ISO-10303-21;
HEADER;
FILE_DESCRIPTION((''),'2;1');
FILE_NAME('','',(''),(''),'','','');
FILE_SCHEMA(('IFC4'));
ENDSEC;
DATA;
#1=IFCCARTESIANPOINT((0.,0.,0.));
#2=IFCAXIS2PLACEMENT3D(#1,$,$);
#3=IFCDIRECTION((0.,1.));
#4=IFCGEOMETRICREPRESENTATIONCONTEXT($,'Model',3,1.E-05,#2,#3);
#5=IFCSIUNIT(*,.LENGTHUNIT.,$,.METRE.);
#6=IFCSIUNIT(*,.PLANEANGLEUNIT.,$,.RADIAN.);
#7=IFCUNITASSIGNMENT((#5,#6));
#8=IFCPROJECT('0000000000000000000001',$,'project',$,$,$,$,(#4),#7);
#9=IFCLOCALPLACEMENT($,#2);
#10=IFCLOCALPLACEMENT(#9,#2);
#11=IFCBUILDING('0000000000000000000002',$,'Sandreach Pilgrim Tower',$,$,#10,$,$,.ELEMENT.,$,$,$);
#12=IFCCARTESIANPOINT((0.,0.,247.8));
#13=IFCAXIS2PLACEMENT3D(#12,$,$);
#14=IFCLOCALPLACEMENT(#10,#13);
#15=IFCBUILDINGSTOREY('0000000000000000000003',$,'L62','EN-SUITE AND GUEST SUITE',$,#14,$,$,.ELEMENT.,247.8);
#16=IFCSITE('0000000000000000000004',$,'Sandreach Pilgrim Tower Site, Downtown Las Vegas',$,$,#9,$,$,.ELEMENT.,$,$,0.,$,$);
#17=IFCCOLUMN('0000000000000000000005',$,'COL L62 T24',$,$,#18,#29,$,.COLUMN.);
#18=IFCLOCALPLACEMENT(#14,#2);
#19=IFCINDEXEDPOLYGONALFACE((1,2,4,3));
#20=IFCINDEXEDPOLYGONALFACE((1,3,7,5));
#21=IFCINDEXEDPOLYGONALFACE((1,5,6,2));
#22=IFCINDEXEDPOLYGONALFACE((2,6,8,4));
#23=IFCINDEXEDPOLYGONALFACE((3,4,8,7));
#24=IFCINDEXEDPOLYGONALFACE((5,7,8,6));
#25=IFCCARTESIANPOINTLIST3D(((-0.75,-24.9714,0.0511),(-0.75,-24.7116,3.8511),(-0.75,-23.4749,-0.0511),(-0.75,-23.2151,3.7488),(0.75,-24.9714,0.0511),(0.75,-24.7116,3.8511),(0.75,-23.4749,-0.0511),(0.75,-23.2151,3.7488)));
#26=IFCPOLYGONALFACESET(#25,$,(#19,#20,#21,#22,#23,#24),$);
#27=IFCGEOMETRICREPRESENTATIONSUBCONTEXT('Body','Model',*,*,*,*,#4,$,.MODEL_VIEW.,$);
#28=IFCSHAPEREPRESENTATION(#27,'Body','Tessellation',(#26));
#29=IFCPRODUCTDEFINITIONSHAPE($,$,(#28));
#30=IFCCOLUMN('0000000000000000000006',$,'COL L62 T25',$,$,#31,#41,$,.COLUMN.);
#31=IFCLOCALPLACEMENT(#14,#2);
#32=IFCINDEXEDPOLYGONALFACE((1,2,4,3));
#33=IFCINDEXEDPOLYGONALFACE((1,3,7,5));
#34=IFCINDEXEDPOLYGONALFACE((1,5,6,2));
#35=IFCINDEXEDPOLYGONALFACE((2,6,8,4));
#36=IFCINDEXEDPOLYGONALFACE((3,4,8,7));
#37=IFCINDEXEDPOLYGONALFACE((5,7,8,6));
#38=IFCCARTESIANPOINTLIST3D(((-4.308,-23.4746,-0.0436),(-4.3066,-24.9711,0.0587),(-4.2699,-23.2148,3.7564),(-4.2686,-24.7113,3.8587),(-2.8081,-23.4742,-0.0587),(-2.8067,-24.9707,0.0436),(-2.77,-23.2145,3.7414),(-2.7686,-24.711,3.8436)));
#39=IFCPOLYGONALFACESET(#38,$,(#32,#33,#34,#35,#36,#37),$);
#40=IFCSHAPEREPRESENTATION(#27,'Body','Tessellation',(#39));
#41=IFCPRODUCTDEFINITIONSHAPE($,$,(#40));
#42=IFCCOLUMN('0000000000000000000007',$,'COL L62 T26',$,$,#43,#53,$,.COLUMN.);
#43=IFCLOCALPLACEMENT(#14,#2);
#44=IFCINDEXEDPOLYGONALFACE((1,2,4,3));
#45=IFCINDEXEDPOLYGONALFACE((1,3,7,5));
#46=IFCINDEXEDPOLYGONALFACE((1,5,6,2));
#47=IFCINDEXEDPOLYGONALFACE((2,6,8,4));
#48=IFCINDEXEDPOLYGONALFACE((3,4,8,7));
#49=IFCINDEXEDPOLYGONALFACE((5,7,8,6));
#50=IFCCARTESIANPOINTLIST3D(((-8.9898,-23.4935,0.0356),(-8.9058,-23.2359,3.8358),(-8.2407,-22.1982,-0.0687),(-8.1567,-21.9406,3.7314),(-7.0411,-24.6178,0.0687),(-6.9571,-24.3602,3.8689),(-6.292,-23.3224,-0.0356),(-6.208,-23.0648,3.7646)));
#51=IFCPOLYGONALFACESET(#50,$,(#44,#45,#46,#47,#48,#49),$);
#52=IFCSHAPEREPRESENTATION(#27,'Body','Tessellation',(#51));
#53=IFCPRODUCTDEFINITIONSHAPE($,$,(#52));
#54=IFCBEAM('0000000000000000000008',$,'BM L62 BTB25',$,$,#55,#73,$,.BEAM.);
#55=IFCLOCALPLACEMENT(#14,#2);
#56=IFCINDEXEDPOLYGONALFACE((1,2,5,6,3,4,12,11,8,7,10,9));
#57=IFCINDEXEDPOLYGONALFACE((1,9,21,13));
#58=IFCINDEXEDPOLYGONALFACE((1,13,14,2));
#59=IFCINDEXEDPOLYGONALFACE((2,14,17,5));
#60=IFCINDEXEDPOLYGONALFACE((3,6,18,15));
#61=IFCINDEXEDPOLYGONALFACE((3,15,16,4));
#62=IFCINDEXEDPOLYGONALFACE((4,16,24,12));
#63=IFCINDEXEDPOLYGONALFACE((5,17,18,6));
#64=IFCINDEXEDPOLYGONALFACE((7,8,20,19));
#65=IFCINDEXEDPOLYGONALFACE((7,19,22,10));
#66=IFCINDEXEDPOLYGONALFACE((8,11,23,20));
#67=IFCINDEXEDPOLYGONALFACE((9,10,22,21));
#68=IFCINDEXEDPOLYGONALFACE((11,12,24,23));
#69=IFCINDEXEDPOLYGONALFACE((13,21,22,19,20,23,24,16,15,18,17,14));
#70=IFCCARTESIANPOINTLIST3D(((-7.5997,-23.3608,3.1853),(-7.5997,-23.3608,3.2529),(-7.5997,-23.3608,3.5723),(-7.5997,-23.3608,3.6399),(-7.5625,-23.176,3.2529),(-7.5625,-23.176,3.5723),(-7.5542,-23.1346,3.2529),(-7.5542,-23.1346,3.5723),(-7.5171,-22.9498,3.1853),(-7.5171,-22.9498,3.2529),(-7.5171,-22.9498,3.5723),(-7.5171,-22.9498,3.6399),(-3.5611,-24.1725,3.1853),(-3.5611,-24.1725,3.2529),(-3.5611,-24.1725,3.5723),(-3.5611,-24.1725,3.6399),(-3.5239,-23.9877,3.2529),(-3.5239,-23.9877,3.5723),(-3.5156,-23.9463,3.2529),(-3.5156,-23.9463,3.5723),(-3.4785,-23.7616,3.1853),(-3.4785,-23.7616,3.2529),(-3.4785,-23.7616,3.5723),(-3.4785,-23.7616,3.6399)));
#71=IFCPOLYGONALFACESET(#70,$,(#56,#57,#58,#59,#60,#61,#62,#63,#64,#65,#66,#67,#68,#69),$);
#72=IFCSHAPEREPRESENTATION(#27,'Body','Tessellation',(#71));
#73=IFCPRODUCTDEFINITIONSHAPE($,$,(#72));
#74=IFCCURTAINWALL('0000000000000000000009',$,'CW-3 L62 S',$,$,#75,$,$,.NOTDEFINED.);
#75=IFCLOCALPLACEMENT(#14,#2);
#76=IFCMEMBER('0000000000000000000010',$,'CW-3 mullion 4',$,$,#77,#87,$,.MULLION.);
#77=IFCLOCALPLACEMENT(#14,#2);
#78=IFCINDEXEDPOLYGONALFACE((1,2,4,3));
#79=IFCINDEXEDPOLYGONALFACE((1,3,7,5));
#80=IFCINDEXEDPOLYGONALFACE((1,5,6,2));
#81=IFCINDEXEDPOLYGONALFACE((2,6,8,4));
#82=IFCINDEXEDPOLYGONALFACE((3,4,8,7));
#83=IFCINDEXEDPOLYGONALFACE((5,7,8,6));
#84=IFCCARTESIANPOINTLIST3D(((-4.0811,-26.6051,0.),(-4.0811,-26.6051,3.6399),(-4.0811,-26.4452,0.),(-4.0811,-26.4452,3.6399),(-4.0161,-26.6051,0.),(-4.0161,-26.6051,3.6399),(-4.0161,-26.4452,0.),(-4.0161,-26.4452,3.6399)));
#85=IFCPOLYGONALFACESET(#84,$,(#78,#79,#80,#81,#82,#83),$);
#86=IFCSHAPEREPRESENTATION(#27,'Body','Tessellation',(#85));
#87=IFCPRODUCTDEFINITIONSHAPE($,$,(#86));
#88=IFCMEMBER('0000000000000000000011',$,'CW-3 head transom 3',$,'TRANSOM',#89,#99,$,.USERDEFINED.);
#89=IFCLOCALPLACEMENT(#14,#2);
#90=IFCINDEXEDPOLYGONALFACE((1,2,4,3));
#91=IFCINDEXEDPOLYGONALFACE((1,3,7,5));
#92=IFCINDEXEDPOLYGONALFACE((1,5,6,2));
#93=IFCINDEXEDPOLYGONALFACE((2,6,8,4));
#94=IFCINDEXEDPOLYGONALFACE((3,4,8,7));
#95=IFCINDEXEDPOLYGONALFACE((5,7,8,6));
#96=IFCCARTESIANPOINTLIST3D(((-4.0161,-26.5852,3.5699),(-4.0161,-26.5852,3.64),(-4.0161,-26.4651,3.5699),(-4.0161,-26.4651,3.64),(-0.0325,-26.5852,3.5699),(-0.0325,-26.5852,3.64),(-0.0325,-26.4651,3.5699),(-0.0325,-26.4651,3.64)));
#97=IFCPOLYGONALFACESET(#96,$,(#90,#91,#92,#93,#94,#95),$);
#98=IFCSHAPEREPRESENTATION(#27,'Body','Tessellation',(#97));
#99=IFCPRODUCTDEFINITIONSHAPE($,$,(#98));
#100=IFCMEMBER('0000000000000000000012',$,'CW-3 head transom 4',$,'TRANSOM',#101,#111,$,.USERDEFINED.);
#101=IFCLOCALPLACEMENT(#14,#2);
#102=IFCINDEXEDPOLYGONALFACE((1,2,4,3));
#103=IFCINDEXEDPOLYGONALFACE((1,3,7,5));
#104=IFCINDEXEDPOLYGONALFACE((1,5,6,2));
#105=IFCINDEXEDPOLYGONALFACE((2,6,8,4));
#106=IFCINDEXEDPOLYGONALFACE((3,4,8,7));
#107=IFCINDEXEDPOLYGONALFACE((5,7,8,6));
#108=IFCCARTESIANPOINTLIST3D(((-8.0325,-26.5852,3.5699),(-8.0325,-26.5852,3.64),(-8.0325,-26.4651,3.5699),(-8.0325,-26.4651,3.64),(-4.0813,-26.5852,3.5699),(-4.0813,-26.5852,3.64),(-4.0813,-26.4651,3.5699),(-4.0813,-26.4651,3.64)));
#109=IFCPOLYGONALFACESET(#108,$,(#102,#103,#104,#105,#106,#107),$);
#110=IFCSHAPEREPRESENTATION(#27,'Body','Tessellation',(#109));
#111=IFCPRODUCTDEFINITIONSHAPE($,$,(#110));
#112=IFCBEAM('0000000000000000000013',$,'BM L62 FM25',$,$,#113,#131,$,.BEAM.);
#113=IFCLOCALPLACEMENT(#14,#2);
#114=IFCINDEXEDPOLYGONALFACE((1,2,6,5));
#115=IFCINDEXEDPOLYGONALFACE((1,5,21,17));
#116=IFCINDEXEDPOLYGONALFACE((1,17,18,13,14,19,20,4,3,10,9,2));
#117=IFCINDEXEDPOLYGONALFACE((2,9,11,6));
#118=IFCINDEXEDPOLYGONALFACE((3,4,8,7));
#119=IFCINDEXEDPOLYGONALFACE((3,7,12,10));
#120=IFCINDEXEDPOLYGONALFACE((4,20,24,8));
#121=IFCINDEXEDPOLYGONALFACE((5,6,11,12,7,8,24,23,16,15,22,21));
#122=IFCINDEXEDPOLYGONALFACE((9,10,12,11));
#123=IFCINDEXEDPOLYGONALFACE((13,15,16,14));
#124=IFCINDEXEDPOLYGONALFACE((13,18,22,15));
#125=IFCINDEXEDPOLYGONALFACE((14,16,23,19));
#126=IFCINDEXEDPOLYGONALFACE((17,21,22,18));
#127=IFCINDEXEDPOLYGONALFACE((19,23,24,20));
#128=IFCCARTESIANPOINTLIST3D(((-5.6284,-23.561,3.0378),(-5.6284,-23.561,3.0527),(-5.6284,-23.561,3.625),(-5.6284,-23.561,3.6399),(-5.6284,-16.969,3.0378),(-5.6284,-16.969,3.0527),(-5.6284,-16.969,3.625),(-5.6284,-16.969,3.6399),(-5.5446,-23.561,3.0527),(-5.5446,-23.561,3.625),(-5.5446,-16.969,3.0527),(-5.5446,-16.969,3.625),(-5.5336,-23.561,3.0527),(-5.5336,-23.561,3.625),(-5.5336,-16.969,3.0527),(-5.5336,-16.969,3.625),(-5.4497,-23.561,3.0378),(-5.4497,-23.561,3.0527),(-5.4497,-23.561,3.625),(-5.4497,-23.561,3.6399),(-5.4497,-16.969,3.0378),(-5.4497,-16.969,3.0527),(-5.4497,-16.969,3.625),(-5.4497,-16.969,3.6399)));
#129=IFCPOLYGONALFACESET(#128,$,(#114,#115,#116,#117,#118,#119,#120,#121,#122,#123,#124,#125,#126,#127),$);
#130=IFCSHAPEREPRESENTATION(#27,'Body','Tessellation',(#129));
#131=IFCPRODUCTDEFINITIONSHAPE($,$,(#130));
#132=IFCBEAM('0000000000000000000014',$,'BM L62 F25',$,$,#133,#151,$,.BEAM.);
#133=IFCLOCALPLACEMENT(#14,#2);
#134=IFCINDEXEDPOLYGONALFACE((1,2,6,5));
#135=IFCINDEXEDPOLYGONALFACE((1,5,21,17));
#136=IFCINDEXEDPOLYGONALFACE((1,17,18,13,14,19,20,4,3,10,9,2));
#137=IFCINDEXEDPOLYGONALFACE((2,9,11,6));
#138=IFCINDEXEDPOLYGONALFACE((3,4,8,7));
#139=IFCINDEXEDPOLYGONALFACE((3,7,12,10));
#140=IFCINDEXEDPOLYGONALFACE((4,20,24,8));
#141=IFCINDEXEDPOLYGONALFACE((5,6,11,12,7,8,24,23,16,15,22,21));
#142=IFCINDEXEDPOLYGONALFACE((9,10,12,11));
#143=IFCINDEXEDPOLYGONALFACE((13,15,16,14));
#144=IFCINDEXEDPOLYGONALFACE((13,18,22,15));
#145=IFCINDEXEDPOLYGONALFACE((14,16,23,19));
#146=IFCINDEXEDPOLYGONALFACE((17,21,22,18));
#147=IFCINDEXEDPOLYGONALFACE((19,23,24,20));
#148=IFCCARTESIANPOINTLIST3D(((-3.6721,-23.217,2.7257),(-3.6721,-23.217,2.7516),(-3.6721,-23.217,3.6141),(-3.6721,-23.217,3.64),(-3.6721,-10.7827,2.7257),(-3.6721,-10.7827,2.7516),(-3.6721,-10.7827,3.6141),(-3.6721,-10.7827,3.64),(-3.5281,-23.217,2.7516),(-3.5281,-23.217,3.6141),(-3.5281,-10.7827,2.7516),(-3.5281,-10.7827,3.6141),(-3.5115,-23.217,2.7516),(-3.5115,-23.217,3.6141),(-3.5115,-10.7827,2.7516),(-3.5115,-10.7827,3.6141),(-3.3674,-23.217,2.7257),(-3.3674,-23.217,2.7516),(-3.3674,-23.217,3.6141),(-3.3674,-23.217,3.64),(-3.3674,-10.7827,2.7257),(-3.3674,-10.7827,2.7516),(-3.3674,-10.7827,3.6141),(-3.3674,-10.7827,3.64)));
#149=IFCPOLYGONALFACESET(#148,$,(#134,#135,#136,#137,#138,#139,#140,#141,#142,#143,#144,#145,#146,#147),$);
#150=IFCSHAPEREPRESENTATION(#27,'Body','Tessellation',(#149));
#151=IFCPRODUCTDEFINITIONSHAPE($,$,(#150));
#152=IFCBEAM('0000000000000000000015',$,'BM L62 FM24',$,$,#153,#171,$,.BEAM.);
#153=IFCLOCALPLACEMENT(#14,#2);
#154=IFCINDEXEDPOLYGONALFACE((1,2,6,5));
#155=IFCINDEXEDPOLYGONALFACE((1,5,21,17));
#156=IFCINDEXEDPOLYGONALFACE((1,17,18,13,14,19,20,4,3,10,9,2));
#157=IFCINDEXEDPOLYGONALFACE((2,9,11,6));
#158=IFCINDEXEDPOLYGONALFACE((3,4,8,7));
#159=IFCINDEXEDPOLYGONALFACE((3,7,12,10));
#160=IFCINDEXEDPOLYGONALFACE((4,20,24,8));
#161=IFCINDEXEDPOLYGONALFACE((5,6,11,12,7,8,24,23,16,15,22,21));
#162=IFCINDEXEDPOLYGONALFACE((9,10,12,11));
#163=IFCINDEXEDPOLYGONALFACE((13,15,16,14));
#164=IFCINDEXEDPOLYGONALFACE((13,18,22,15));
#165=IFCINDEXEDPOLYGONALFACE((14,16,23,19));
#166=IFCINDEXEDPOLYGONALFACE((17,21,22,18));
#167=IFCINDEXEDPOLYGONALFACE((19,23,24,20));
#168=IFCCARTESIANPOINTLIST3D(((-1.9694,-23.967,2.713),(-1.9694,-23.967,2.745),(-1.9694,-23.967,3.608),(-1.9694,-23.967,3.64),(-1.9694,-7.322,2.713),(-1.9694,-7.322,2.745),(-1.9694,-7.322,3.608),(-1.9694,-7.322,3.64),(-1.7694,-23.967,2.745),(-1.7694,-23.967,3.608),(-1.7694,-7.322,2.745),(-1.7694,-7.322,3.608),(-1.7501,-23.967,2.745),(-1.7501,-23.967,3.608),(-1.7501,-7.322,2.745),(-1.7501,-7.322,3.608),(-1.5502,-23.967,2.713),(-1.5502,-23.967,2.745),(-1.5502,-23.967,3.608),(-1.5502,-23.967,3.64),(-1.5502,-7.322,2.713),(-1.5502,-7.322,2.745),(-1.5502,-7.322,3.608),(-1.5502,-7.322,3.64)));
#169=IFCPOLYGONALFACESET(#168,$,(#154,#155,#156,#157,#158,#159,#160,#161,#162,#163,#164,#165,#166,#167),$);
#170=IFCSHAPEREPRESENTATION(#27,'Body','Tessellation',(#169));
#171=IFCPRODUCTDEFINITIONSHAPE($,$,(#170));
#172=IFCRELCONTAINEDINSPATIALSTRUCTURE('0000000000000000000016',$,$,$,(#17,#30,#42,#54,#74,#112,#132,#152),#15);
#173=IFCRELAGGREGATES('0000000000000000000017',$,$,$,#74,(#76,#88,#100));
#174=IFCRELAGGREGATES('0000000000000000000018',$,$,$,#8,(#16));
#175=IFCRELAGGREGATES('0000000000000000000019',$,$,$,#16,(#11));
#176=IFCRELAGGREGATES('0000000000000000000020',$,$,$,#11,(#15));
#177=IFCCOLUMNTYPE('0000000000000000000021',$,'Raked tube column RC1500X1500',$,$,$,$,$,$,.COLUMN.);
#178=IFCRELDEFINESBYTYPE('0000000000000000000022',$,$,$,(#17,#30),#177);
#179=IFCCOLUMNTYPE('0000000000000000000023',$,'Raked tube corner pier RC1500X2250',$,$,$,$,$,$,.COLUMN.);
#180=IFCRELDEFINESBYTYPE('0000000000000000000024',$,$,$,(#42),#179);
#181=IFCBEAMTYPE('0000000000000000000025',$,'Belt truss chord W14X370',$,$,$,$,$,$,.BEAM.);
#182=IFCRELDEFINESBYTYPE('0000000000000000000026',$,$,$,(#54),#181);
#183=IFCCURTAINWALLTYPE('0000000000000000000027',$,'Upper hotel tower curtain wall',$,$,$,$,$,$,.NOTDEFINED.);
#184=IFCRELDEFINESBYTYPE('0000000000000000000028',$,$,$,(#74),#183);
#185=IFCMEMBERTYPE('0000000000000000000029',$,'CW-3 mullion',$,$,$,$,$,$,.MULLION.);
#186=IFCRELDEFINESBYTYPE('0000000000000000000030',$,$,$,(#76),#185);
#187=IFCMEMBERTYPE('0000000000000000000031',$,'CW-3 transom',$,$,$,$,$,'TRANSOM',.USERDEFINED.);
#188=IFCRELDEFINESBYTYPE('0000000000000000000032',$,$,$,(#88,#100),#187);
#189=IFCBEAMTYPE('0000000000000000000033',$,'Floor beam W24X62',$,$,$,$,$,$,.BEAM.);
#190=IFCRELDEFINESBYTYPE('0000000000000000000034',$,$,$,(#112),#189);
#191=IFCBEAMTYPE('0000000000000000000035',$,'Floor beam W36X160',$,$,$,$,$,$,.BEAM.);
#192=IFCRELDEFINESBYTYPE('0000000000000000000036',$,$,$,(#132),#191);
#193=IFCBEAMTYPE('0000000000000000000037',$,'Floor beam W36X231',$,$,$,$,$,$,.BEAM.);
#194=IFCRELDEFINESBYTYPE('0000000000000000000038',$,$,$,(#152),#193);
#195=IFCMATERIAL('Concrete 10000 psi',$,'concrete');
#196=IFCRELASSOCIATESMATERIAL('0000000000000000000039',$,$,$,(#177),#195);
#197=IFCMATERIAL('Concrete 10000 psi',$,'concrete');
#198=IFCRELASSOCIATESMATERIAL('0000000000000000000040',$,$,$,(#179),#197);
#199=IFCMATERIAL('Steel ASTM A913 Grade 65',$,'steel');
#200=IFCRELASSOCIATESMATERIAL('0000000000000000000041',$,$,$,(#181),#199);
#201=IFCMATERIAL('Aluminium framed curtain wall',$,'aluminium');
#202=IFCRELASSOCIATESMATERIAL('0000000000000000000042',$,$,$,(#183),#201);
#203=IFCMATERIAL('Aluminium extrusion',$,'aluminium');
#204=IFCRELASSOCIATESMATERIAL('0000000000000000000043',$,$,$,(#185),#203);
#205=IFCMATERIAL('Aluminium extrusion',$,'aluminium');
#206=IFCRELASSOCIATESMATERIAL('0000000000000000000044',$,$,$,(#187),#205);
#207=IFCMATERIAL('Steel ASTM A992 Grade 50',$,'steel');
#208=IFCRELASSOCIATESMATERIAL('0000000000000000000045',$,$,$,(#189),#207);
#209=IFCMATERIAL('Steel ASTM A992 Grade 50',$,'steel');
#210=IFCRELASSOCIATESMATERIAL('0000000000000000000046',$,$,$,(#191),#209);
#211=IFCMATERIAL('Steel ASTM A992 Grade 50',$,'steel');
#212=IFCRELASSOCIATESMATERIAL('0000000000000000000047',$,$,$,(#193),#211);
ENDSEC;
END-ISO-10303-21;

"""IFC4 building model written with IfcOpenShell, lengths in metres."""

from ifc_helpers import new_model, si_unit, direction, frame, origin, origin_2d, place, context, subcontext, project, spatial, rectangle, i_section, extrude, material, material_profile, profile_set, type_object, element, aggregate, save


model = new_model("IFC4")

# Units and contexts
model_context = context("Model", 3, precision=1e-05, world=origin(), true_north=direction((0.0, 1.0)))
body_context = subcontext(model_context, "Body", "Model", "MODEL_VIEW")
ifc_project = project(units=[si_unit("LENGTHUNIT", "METRE"), si_unit("PLANEANGLEUNIT", "RADIAN")], contexts=[model_context])

# Site, building, storey
site_placement = place(None, origin())
site = spatial("IfcSite", under=ifc_project, at=site_placement, Name="Sandreach Pilgrim Tower Site, Downtown Las Vegas", CompositionType="ELEMENT", RefElevation=0.0)
building_placement = place(site_placement, origin())
building = spatial("IfcBuilding", under=site, at=building_placement, Name="Sandreach Pilgrim Tower", CompositionType="ELEMENT")
storey_placement = place(building_placement, frame((0.0, 0.0, 247.8)))
storey = spatial("IfcBuildingStorey", under=building, at=storey_placement, Name="L62", Description="EN-SUITE AND GUEST SUITE", CompositionType="ELEMENT", Elevation=247.8)

# Columns
ifc_material_1 = material(Name="Concrete 10000 psi", Category="concrete")
ifc_material_profile_1 = material_profile(ifc_material_1, rectangle(XDim=1.5, YDim=1.5, at=origin_2d()), Name="RC1500X1500")
ifc_profile_set_1 = profile_set([ifc_material_profile_1], Name="Concrete 10000 psi")
column_type_1 = type_object("IfcColumnType", Name="Raked tube column RC1500X1500", PredefinedType="COLUMN", material=ifc_profile_set_1)
column_1_placement = place(storey_placement, frame((0.0, -24.2231, 0.0), z_axis=(0.0, 0.068199, 0.997672), x_axis=(0.0, -0.997672, 0.068199)))
element("IfcColumn", 1, at=column_1_placement, inside=storey, type_object=column_type_1, Name="COL L62 T24", PredefinedType="COLUMN", context=body_context, shape_type="SweptSolid", body=[
    extrude(rectangle(XDim=1.5, YDim=1.5, at=origin_2d()), origin(), (0.0, 0.0, 1.0), 3.8088),
])
column_2_placement = place(storey_placement, frame((-3.5574, -24.2227, 0.0), z_axis=(0.009999, 0.068196, 0.997622), x_axis=(0.000921, -0.997672, 0.06819)))
element("IfcColumn", 2, at=column_2_placement, inside=storey, type_object=column_type_1, Name="COL L62 T25", PredefinedType="COLUMN", context=body_context, shape_type="SweptSolid", body=[
    extrude(rectangle(XDim=1.5, YDim=1.5, at=origin_2d()), origin(), (0.0, 0.0, 1.0), 3.8091),
])
ifc_material_2 = material(Name="Concrete 10000 psi", Category="concrete")
ifc_material_profile_2 = material_profile(ifc_material_2, rectangle(XDim=1.5, YDim=2.25, at=origin_2d()), Name="RC1500X2250")
ifc_profile_set_2 = profile_set([ifc_material_profile_2], Name="Concrete 10000 psi")
column_type_2 = type_object("IfcColumnType", Name="Raked tube corner pier RC1500X2250", PredefinedType="COLUMN", material=ifc_profile_set_2)
column_3_placement = place(storey_placement, frame((-7.6409, -23.408, 0.0), z_axis=(0.022045, 0.067609, 0.997468), x_axis=(-0.499393, -0.863578, 0.069571)))
element("IfcColumn", 3, at=column_3_placement, inside=storey, type_object=column_type_2, Name="COL L62 T26", PredefinedType="COLUMN", context=body_context, shape_type="SweptSolid", body=[
    extrude(rectangle(XDim=1.5, YDim=2.25, at=origin_2d()), origin(), (0.0, 0.0, 1.0), 3.8098),
])

# Beam
ifc_material_3 = material(Name="Steel ASTM A913 Grade 65", Category="steel")
ifc_material_profile_3 = material_profile(ifc_material_3, i_section(OverallWidth=0.4192, OverallDepth=0.4546, WebThickness=0.0422, FlangeThickness=0.0676, at=origin_2d()), Name="W14X370")
ifc_profile_set_3 = profile_set([ifc_material_profile_3], Name="Steel ASTM A913 Grade 65")
beam_type_1 = type_object("IfcBeamType", Name="Belt truss chord W14X370", PredefinedType="BEAM", material=ifc_profile_set_3)
beam_1_placement = place(storey_placement, frame((-3.5198, -23.967, 3.4126), z_axis=(-0.980391, 0.197062, 0.0), x_axis=(-0.197062, -0.980391, 0.0)))
element("IfcBeam", 4, at=beam_1_placement, inside=storey, type_object=beam_type_1, Name="BM L62 BTB25", PredefinedType="BEAM", context=body_context, shape_type="SweptSolid", body=[
    extrude(i_section(OverallWidth=0.4192, OverallDepth=0.4546, WebThickness=0.0422, FlangeThickness=0.0676, at=origin_2d()), origin(), (0.0, 0.0, 1.0), 4.1194),
])

# Curtain wall, members
ifc_material_4 = material(Name="Aluminium framed curtain wall", Category="aluminium")
curtain_wall_type = type_object("IfcCurtainWallType", Name="Upper hotel tower curtain wall", PredefinedType="NOTDEFINED", material=ifc_material_4)
curtain_wall_placement = place(storey_placement, origin())
curtain_wall = element("IfcCurtainWall", 5, at=curtain_wall_placement, inside=storey, type_object=curtain_wall_type, Name="CW-3 L62 S", PredefinedType="NOTDEFINED")
ifc_material_5 = material(Name="Aluminium extrusion", Category="aluminium")
ifc_material_profile_4 = material_profile(ifc_material_5, rectangle(XDim=0.0649, YDim=0.1599, at=origin_2d()), Name="CW-3M 65X160")
ifc_profile_set_4 = profile_set([ifc_material_profile_4], Name="Aluminium extrusion")
member_type_1 = type_object("IfcMemberType", Name="CW-3 mullion", PredefinedType="MULLION", material=ifc_profile_set_4)
member_1_placement = place(storey_placement, frame((-4.0486, -26.5251, 0.0), z_axis=(0.0, 0.0, 1.0), x_axis=(-1.0, 0.0, 0.0)))
member_1 = element("IfcMember", 6, at=member_1_placement, type_object=member_type_1, Name="CW-3 mullion 4", PredefinedType="MULLION", context=body_context, shape_type="SweptSolid", body=[
    extrude(rectangle(XDim=0.0649, YDim=0.1599, at=origin_2d()), origin(), (0.0, 0.0, 1.0), 3.6399),
])
ifc_material_6 = material(Name="Aluminium extrusion", Category="aluminium")
ifc_material_profile_5 = material_profile(ifc_material_6, rectangle(XDim=0.1201, YDim=0.0701, at=origin_2d()), Name="CW-3T 120X70")
ifc_profile_set_5 = profile_set([ifc_material_profile_5], Name="Aluminium extrusion")
member_type_2 = type_object("IfcMemberType", Name="CW-3 transom", ElementType="TRANSOM", PredefinedType="USERDEFINED", material=ifc_profile_set_5)
member_2_placement = place(storey_placement, frame((-0.0325, -26.5251, 3.605), z_axis=(-1.0, 0.0, 0.0), x_axis=(0.0, -1.0, 0.0)))
member_2 = element("IfcMember", 7, at=member_2_placement, type_object=member_type_2, Name="CW-3 head transom 3", ObjectType="TRANSOM", PredefinedType="USERDEFINED", context=body_context, shape_type="SweptSolid", body=[
    extrude(rectangle(XDim=0.1201, YDim=0.0701, at=origin_2d()), origin(), (0.0, 0.0, 1.0), 3.9836),
])
member_3_placement = place(storey_placement, frame((-4.0813, -26.5251, 3.605), z_axis=(-1.0, 0.0, 0.0), x_axis=(0.0, -1.0, 0.0)))
member_3 = element("IfcMember", 8, at=member_3_placement, type_object=member_type_2, Name="CW-3 head transom 4", ObjectType="TRANSOM", PredefinedType="USERDEFINED", context=body_context, shape_type="SweptSolid", body=[
    extrude(rectangle(XDim=0.1201, YDim=0.0701, at=origin_2d()), origin(), (0.0, 0.0, 1.0), 3.9512),
])

# Beams
ifc_material_7 = material(Name="Steel ASTM A992 Grade 50", Category="steel")
ifc_material_profile_6 = material_profile(ifc_material_7, i_section(OverallWidth=0.1787, OverallDepth=0.6021, WebThickness=0.011, FlangeThickness=0.0149, at=origin_2d()), Name="W24X62")
ifc_profile_set_6 = profile_set([ifc_material_profile_6], Name="Steel ASTM A992 Grade 50")
beam_type_2 = type_object("IfcBeamType", Name="Floor beam W24X62", PredefinedType="BEAM", material=ifc_profile_set_6)
beam_2_placement = place(storey_placement, frame((-5.5391, -23.561, 3.3389), z_axis=(0.0, 1.0, 0.0), x_axis=(-1.0, 0.0, 0.0)))
element("IfcBeam", 9, at=beam_2_placement, inside=storey, type_object=beam_type_2, Name="BM L62 FM25", PredefinedType="BEAM", context=body_context, shape_type="SweptSolid", body=[
    extrude(i_section(OverallWidth=0.1787, OverallDepth=0.6021, WebThickness=0.011, FlangeThickness=0.0149, at=origin_2d()), origin(), (0.0, 0.0, 1.0), 6.592),
])
ifc_material_8 = material(Name="Steel ASTM A992 Grade 50", Category="steel")
ifc_material_profile_7 = material_profile(ifc_material_8, i_section(OverallWidth=0.3047, OverallDepth=0.9143, WebThickness=0.0166, FlangeThickness=0.0259, at=origin_2d()), Name="W36X160")
ifc_profile_set_7 = profile_set([ifc_material_profile_7], Name="Steel ASTM A992 Grade 50")
beam_type_3 = type_object("IfcBeamType", Name="Floor beam W36X160", PredefinedType="BEAM", material=ifc_profile_set_7)
beam_3_placement = place(storey_placement, frame((-3.5198, -23.217, 3.1829), z_axis=(0.0, 1.0, 0.0), x_axis=(-1.0, 0.0, 0.0)))
element("IfcBeam", 10, at=beam_3_placement, inside=storey, type_object=beam_type_3, Name="BM L62 F25", PredefinedType="BEAM", context=body_context, shape_type="SweptSolid", body=[
    extrude(i_section(OverallWidth=0.3047, OverallDepth=0.9143, WebThickness=0.0166, FlangeThickness=0.0259, at=origin_2d()), origin(), (0.0, 0.0, 1.0), 12.4343),
])
ifc_material_9 = material(Name="Steel ASTM A992 Grade 50", Category="steel")
ifc_material_profile_8 = material_profile(ifc_material_9, i_section(OverallWidth=0.4192, OverallDepth=0.927, WebThickness=0.0193, FlangeThickness=0.032, at=origin_2d()), Name="W36X231")
ifc_profile_set_8 = profile_set([ifc_material_profile_8], Name="Steel ASTM A992 Grade 50")
beam_type_4 = type_object("IfcBeamType", Name="Floor beam W36X231", PredefinedType="BEAM", material=ifc_profile_set_8)
beam_4_placement = place(storey_placement, frame((-1.7598, -23.967, 3.1765), z_axis=(0.0, 1.0, 0.0), x_axis=(-1.0, 0.0, 0.0)))
element("IfcBeam", 11, at=beam_4_placement, inside=storey, type_object=beam_type_4, Name="BM L62 FM24", PredefinedType="BEAM", context=body_context, shape_type="SweptSolid", body=[
    extrude(i_section(OverallWidth=0.4192, OverallDepth=0.927, WebThickness=0.0193, FlangeThickness=0.032, at=origin_2d()), origin(), (0.0, 0.0, 1.0), 16.645),
])

aggregate(curtain_wall, [member_1, member_2, member_3])

save(model, "model.ifc")
